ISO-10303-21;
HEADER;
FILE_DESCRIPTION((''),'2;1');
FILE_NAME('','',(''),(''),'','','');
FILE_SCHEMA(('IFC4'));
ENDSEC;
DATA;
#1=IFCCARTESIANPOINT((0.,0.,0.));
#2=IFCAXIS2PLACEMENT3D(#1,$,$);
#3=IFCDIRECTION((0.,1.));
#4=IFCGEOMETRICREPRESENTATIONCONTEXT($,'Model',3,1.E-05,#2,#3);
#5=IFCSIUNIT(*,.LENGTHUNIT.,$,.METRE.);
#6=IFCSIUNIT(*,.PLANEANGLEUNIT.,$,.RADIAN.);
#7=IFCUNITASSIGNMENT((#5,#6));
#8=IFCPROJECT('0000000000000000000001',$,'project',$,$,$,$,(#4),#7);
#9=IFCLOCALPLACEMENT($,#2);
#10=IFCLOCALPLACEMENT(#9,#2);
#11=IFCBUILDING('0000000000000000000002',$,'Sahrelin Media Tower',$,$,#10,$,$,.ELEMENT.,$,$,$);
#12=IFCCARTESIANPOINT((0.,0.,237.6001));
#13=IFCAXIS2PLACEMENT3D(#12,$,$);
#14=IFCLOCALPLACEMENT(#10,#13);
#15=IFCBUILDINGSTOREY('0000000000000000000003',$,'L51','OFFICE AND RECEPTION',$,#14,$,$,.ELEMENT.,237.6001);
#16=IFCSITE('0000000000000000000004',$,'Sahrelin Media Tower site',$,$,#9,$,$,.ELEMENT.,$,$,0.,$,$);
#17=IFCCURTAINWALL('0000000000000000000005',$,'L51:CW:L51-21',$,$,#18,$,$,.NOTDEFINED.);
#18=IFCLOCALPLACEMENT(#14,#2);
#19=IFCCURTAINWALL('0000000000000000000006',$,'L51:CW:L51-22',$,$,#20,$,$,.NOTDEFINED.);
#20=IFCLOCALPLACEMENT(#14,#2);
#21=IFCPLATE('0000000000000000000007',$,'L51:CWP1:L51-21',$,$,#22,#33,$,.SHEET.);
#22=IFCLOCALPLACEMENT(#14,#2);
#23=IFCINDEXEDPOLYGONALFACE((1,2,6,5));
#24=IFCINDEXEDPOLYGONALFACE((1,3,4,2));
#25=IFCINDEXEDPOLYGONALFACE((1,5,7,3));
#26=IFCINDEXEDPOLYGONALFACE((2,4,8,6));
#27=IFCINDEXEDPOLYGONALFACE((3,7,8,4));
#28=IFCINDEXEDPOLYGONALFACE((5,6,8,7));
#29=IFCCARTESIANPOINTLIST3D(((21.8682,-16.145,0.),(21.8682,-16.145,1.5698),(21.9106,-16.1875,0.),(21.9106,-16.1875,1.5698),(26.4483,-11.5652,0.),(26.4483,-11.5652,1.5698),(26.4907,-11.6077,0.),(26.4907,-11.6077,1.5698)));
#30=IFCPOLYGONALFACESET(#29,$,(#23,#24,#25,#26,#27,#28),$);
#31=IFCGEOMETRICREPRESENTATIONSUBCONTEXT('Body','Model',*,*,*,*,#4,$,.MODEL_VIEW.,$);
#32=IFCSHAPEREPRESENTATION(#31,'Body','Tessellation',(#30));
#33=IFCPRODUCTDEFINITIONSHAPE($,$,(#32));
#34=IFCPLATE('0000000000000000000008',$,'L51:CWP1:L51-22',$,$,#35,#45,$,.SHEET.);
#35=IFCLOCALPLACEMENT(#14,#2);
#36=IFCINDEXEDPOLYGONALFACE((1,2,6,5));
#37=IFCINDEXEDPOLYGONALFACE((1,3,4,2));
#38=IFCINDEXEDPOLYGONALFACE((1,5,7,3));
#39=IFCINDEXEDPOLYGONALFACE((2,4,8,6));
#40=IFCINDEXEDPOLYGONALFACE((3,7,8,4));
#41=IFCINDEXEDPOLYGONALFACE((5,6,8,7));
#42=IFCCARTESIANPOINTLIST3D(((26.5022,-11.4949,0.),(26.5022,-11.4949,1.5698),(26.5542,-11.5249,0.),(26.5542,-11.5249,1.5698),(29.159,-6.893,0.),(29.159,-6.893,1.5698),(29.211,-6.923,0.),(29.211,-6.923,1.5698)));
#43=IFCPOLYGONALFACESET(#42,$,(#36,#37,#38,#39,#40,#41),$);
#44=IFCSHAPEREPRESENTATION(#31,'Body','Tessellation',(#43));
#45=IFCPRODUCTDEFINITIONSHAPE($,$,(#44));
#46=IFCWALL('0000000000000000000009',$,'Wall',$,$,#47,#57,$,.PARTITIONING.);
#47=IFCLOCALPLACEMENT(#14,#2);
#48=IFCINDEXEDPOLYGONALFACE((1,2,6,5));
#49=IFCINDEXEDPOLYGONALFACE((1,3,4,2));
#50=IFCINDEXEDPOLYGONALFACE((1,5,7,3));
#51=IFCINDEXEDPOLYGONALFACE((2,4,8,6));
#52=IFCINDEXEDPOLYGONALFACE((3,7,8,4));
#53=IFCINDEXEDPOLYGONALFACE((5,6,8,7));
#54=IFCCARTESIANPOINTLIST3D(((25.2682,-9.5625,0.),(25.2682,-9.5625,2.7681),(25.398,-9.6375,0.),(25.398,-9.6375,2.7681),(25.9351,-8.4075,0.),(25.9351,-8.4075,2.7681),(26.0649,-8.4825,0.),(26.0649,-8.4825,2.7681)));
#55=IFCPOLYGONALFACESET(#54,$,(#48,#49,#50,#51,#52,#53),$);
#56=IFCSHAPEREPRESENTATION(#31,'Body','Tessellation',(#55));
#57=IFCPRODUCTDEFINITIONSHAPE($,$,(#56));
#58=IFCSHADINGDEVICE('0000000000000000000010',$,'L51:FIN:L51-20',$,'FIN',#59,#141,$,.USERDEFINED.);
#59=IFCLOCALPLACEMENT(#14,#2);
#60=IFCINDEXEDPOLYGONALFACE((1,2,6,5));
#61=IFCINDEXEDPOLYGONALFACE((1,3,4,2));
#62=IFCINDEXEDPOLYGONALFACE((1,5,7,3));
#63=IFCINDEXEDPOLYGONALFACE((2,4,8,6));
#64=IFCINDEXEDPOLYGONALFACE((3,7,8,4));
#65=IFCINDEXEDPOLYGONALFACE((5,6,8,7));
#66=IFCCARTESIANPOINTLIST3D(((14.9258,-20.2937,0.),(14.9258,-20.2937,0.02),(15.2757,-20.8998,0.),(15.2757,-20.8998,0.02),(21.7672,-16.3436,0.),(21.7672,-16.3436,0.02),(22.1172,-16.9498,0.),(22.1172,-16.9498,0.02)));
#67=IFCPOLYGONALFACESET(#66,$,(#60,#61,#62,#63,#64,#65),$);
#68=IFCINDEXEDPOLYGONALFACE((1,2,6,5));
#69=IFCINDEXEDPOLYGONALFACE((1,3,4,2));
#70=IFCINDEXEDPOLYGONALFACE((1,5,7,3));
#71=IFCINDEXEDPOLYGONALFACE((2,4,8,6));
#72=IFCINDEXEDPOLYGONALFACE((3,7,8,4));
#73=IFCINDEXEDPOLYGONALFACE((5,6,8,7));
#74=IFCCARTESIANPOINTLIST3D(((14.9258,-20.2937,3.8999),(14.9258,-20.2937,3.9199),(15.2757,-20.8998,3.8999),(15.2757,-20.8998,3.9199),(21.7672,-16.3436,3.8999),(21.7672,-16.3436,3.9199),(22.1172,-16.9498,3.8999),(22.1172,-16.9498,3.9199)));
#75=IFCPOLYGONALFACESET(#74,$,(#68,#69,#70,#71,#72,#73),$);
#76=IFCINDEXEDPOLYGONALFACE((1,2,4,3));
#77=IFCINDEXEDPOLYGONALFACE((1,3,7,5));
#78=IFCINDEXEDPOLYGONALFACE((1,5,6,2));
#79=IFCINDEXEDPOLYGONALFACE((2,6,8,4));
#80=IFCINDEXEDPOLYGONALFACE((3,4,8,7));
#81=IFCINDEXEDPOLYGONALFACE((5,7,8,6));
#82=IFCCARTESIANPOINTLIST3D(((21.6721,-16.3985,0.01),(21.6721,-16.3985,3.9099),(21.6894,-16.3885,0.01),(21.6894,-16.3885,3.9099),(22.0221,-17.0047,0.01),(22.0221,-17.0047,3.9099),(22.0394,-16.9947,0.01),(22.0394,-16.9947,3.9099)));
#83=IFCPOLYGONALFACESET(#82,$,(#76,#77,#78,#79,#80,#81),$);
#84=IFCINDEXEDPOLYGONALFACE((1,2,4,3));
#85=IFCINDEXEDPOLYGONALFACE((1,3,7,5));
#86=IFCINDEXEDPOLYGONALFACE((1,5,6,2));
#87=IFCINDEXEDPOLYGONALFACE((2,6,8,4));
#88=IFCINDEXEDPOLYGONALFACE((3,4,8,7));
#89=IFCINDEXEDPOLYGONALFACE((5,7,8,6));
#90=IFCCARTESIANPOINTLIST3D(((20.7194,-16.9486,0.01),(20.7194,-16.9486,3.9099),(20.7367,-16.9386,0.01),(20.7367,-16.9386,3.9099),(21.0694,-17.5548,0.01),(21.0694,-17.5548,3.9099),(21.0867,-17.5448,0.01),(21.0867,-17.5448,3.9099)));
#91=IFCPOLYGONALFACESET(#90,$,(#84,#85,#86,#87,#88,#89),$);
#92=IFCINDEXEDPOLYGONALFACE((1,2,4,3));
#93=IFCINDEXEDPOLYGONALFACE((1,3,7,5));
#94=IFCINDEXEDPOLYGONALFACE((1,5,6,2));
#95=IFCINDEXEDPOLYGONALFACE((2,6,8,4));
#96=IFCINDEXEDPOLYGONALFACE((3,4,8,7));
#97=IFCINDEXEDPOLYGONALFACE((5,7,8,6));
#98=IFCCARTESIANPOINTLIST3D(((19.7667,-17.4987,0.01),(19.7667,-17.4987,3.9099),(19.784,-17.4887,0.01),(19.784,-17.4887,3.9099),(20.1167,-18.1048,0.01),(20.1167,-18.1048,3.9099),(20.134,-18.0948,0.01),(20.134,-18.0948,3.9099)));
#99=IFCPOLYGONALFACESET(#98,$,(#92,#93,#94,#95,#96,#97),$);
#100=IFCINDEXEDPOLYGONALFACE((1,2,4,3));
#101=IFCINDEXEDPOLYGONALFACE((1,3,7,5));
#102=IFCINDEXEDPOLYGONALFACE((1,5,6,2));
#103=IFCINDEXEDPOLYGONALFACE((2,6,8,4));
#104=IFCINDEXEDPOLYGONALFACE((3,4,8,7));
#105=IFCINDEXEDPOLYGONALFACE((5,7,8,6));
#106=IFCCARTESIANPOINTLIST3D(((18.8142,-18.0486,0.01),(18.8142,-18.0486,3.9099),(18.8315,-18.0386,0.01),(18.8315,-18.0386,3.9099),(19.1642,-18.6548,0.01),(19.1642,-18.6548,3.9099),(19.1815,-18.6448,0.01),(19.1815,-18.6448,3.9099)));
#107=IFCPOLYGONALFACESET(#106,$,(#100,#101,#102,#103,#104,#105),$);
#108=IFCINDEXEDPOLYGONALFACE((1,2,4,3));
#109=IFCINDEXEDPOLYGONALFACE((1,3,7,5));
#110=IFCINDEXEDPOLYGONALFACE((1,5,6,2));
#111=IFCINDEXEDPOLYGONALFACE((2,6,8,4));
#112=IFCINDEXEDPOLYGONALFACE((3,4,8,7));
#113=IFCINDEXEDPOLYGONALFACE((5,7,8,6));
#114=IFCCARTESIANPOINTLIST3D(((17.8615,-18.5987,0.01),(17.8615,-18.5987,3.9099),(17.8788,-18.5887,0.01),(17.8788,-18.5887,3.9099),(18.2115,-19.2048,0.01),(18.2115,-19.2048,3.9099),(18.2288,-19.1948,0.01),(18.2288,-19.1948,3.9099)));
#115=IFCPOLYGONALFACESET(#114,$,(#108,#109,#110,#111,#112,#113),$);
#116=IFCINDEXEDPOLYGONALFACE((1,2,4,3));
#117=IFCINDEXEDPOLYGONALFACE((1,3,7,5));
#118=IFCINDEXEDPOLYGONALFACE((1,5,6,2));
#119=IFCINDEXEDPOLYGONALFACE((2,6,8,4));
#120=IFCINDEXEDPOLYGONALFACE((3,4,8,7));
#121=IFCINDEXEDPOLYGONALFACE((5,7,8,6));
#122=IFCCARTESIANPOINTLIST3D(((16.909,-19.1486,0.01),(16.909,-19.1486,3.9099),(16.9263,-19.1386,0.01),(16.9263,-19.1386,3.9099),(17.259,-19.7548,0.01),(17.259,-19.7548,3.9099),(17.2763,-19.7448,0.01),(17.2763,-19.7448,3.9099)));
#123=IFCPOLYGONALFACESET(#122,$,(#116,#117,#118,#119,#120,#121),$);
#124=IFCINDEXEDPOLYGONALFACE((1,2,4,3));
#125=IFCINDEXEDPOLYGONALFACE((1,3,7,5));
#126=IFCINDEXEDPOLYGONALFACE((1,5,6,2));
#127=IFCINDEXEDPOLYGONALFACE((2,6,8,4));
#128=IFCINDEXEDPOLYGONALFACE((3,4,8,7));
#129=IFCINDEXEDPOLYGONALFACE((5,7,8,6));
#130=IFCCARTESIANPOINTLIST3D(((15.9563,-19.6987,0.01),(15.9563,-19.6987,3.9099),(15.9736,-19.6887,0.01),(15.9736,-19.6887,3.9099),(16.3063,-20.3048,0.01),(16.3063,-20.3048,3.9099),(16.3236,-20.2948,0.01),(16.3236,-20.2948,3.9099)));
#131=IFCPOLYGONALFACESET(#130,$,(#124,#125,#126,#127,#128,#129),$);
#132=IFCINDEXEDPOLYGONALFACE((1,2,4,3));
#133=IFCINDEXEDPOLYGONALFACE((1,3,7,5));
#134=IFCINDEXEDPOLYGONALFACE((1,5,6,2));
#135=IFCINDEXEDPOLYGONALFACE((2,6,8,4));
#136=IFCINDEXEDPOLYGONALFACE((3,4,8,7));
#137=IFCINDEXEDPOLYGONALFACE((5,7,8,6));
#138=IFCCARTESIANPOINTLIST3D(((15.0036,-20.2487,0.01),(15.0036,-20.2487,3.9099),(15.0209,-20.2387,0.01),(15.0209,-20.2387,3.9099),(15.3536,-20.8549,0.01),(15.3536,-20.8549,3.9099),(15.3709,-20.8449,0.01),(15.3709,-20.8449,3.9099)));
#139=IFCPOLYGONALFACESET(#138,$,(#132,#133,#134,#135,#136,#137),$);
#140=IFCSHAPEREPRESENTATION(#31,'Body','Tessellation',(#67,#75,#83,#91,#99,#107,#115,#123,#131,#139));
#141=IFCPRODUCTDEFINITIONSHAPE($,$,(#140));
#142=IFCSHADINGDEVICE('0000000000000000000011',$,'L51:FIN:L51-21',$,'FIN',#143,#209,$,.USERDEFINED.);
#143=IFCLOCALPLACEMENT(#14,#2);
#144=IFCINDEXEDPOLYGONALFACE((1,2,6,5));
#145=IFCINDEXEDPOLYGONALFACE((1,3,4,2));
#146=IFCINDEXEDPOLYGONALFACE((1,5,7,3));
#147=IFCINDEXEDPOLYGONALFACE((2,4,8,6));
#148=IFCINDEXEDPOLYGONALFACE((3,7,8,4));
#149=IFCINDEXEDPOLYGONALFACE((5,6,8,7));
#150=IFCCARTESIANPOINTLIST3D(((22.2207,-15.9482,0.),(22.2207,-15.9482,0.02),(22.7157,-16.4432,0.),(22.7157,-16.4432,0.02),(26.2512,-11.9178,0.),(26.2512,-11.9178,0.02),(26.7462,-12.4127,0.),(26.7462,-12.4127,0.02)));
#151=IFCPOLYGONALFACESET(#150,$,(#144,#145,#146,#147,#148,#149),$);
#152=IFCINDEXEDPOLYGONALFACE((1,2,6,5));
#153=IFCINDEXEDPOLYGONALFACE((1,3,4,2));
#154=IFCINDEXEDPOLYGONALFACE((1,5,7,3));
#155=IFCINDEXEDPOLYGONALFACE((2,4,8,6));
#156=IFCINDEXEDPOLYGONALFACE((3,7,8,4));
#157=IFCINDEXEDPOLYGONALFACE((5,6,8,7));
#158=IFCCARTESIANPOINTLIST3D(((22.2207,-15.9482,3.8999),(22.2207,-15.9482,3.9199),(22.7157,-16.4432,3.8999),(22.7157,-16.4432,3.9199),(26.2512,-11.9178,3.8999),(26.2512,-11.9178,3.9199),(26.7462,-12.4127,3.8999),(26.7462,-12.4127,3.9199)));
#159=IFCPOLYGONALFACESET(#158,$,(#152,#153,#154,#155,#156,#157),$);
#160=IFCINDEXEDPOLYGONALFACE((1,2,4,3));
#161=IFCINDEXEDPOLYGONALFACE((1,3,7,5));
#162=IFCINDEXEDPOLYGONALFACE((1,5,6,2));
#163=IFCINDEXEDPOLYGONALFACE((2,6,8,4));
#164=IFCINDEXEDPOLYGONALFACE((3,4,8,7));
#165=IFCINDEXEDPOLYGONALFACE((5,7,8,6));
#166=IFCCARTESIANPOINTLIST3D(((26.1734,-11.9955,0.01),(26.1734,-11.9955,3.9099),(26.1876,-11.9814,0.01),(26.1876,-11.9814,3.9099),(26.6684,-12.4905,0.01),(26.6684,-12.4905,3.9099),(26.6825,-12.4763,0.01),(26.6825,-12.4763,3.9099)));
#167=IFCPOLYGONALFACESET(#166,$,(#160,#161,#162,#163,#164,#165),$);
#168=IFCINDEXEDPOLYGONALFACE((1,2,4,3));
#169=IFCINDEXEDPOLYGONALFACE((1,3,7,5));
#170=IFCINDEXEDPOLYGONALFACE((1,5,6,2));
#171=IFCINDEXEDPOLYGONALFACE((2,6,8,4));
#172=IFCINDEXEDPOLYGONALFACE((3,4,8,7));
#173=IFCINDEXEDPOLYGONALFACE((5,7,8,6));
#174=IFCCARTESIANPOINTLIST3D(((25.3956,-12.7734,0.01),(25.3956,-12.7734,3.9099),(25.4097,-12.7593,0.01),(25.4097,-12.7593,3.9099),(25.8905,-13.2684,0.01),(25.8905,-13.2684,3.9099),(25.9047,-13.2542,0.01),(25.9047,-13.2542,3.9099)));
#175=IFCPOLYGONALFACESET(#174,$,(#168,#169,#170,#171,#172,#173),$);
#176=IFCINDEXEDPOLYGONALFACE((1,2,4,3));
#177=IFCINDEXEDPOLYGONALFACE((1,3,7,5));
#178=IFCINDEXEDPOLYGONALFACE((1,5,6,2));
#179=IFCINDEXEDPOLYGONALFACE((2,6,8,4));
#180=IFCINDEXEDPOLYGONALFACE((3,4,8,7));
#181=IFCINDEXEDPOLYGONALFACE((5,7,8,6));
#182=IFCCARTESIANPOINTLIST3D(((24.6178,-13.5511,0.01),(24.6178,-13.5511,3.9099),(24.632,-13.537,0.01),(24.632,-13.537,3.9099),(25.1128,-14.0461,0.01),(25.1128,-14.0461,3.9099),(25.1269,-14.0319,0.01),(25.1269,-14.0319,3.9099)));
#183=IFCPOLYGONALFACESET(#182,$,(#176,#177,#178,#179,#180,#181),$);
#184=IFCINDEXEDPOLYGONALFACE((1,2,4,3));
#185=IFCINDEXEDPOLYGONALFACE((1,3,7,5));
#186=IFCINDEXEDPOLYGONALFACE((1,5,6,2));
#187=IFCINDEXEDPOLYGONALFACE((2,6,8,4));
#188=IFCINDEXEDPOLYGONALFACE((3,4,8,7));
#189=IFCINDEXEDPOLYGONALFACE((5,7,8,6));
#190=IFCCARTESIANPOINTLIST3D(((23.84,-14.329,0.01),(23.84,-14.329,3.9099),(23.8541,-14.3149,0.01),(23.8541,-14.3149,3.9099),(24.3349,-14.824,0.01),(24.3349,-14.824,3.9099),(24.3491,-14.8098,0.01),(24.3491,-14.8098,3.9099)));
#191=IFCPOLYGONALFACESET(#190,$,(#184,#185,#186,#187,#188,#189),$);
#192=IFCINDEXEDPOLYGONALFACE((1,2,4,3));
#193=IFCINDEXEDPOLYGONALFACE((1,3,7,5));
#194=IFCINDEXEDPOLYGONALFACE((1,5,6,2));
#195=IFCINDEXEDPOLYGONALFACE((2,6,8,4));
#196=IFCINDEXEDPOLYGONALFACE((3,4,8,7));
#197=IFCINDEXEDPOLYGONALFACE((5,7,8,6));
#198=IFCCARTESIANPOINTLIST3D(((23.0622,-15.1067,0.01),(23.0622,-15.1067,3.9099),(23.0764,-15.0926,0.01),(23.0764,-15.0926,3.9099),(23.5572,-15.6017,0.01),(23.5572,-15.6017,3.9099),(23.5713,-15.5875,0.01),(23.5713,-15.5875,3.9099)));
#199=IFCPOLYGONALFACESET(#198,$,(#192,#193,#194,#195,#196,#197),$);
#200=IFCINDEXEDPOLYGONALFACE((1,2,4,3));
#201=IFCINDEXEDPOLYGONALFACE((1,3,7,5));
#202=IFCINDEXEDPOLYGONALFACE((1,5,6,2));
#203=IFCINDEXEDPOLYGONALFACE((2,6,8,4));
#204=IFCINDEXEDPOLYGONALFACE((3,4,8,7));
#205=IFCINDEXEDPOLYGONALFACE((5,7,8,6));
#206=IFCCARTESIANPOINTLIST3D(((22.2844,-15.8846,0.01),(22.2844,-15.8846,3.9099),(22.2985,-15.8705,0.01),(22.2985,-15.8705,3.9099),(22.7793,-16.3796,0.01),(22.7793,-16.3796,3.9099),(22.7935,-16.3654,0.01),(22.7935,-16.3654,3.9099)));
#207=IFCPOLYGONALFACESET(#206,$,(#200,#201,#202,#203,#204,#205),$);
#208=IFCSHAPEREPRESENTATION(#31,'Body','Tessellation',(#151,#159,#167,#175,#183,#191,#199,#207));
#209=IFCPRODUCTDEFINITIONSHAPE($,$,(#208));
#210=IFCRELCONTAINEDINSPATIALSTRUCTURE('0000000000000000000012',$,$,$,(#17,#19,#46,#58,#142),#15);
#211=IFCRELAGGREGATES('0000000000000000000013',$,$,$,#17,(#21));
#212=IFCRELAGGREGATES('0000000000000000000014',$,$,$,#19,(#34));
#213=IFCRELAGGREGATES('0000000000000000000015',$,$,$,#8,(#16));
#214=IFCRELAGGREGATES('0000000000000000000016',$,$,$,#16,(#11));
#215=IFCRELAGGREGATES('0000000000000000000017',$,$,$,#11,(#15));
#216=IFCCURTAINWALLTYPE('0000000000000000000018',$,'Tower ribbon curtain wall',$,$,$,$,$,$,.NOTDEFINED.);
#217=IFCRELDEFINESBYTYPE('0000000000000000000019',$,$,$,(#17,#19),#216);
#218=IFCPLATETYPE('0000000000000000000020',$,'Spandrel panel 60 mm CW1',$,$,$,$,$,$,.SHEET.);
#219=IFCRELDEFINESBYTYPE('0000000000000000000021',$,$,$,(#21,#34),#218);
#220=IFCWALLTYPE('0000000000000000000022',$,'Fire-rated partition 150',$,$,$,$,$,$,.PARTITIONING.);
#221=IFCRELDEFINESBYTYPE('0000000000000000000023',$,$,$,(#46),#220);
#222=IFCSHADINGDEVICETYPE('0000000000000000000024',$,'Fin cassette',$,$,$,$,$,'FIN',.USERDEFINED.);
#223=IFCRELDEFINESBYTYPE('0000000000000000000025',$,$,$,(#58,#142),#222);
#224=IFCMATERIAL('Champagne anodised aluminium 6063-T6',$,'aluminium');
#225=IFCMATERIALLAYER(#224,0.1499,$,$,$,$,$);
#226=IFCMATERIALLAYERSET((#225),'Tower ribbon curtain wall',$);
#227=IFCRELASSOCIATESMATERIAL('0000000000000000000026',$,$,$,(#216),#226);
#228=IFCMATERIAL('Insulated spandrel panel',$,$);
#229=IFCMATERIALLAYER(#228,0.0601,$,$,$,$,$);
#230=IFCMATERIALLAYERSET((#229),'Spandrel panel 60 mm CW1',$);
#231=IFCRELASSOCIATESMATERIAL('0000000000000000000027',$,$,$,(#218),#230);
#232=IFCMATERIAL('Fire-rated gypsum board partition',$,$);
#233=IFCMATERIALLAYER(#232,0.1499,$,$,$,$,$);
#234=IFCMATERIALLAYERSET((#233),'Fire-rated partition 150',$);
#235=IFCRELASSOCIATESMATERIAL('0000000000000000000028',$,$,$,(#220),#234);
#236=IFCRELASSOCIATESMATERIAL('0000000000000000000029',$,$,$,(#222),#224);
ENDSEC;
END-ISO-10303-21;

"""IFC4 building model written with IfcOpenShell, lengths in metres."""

from ifc_helpers import new_model, si_unit, direction, frame, frame_2d, origin, origin_2d, place, context, subcontext, project, spatial, polyline, rectangle, outline, extrude, material, layer, layer_set, type_object, element, aggregate, save


model = new_model("IFC4")

# Units and contexts
model_context = context("Model", 3, precision=1e-05, world=origin(), true_north=direction((0.0, 1.0)))
body_context = subcontext(model_context, "Body", "Model", "MODEL_VIEW")
ifc_project = project(units=[si_unit("LENGTHUNIT", "METRE"), si_unit("PLANEANGLEUNIT", "RADIAN")], contexts=[model_context])

# Site, building, storey
site_placement = place(None, origin())
site = spatial("IfcSite", under=ifc_project, at=site_placement, Name="Sahrelin Media Tower site", CompositionType="ELEMENT", RefElevation=0.0)
building_placement = place(site_placement, origin())
building = spatial("IfcBuilding", under=site, at=building_placement, Name="Sahrelin Media Tower", CompositionType="ELEMENT")
storey_placement = place(building_placement, frame((0.0, 0.0, 237.6001)))
storey = spatial("IfcBuildingStorey", under=building, at=storey_placement, Name="L51", Description="OFFICE AND RECEPTION", CompositionType="ELEMENT", Elevation=237.6001)

# Curtain wall
ifc_material_1 = material(Name="Champagne anodised aluminium 6063-T6", Category="aluminium")
ifc_layer_1 = layer(ifc_material_1, 0.1499)
ifc_layer_set_1 = layer_set([ifc_layer_1], Name="Tower ribbon curtain wall")
curtain_wall_type = type_object("IfcCurtainWallType", Name="Tower ribbon curtain wall", PredefinedType="NOTDEFINED", material=ifc_layer_set_1)
curtain_wall_1_placement = place(storey_placement, frame((24.1865, -13.8835, 0.0), z_axis=(0.0, 0.0, 1.0), x_axis=(1.0, 0.0, 0.0)))
curtain_wall_1 = element("IfcCurtainWall", 1, at=curtain_wall_1_placement, inside=storey, type_object=curtain_wall_type, Name="L51:CW:L51-21", PredefinedType="NOTDEFINED")

# Curtain wall
curtain_wall_2_placement = place(storey_placement, frame((27.8652, -9.2141, 0.0), z_axis=(0.0, 0.0, 1.0), x_axis=(1.0, 0.0, 0.0)))
curtain_wall_2 = element("IfcCurtainWall", 2, at=curtain_wall_2_placement, inside=storey, type_object=curtain_wall_type, Name="L51:CW:L51-22", PredefinedType="NOTDEFINED")

# Plates
ifc_material_2 = material(Name="Insulated spandrel panel")
ifc_layer_2 = layer(ifc_material_2, 0.0601)
ifc_layer_set_2 = layer_set([ifc_layer_2], Name="Spandrel panel 60 mm CW1")
plate_type_1 = type_object("IfcPlateType", Name="Spandrel panel 60 mm CW1", PredefinedType="SHEET", material=ifc_layer_set_2)
plate_1_placement = place(storey_placement, frame((21.9106, -16.1875, 0.0), z_axis=(0.707088, -0.707126, 0.0), x_axis=(0.707126, 0.707088, 0.0)))
plate_1 = element("IfcPlate", 3, at=plate_1_placement, type_object=plate_type_1, Name="L51:CWP1:L51-21", PredefinedType="SHEET", context=body_context, shape_type="SweptSolid", body=[
    extrude(outline(polyline([(0.0, 0.0), (6.4771, 0.0), (6.4771, 1.5698), (0.0, 1.5698), (0.0, 0.0)])), origin(), (0.0, 0.0, -1.0), 0.0601),
])
aggregate(curtain_wall_1, [plate_1])
plate_2_placement = place(storey_placement, frame((26.5542, -11.5249, 0.0), z_axis=(0.866035, -0.499984, 0.0), x_axis=(0.499984, 0.866035, 0.0)))
plate_2 = element("IfcPlate", 4, at=plate_2_placement, type_object=plate_type_1, Name="L51:CWP1:L51-22", PredefinedType="SHEET", context=body_context, shape_type="SweptSolid", body=[
    extrude(outline(polyline([(0.0, 0.0), (5.3137, 0.0), (5.3137, 1.5698), (0.0, 1.5698), (0.0, 0.0)])), origin(), (0.0, 0.0, -1.0), 0.0601),
])
aggregate(curtain_wall_2, [plate_2])

# Wall
ifc_material_3 = material(Name="Fire-rated gypsum board partition")
ifc_layer_3 = layer(ifc_material_3, 0.1499)
ifc_layer_set_3 = layer_set([ifc_layer_3], Name="Fire-rated partition 150")
wall_type = type_object("IfcWallType", Name="Fire-rated partition 150", PredefinedType="PARTITIONING", material=ifc_layer_set_3)
wall_placement = place(storey_placement, frame((25.333, -9.6001, 0.0), z_axis=(0.0, 0.0, 1.0), x_axis=(0.500076, 0.865981, 0.0)))
element("IfcWall", 5, at=wall_placement, inside=storey, type_object=wall_type, Name="Wall", PredefinedType="PARTITIONING", context=body_context, shape_type="SweptSolid", body=[
    extrude(rectangle(XDim=1.3337, YDim=0.1499, at=frame_2d((0.667, 0.0))), origin(), (0.0, 0.0, 1.0), 2.7681),
])

# Shading devices
shading_device_type_1 = type_object("IfcShadingDeviceType", Name="Fin cassette", ElementType="FIN", PredefinedType="USERDEFINED", material=ifc_material_1)
placement_1 = place(storey_placement, frame((18.3115, -18.2581, 0.0), z_axis=(0.0, 0.0, 1.0), x_axis=(-0.866019, -0.500011, 0.0)))
element("IfcShadingDevice", 6, at=placement_1, inside=storey, type_object=shading_device_type_1, Name="L51:FIN:L51-20", ObjectType="FIN", PredefinedType="USERDEFINED", context=body_context, shape_type="SweptSolid", body=[
    extrude(rectangle(XDim=7.8999, YDim=0.7, at=origin_2d()), frame((0.0, 0.4199, 0.0)), (0.0, 0.0, 1.0), 0.02),
    extrude(rectangle(XDim=7.8999, YDim=0.7, at=origin_2d()), frame((0.0, 0.4199, 3.8999)), (0.0, 0.0, 1.0), 0.02),
    extrude(rectangle(XDim=0.02, YDim=0.7, at=origin_2d()), frame((-3.8501, 0.4199, 0.01), z_axis=(0.0, 0.0, 1.0), x_axis=(1.0, 0.0, 0.0)), (0.0, 0.0, 1.0), 3.8999),
    extrude(rectangle(XDim=0.02, YDim=0.7, at=origin_2d()), frame((-2.75, 0.4199, 0.01), z_axis=(0.0, 0.0, 1.0), x_axis=(1.0, 0.0, 0.0)), (0.0, 0.0, 1.0), 3.8999),
    extrude(rectangle(XDim=0.02, YDim=0.7, at=origin_2d()), frame((-1.6499, 0.4199, 0.01), z_axis=(0.0, 0.0, 1.0), x_axis=(1.0, 0.0, 0.0)), (0.0, 0.0, 1.0), 3.8999),
    extrude(rectangle(XDim=0.02, YDim=0.7, at=origin_2d()), frame((-0.55, 0.4199, 0.01), z_axis=(0.0, 0.0, 1.0), x_axis=(1.0, 0.0, 0.0)), (0.0, 0.0, 1.0), 3.8999),
    extrude(rectangle(XDim=0.02, YDim=0.7, at=origin_2d()), frame((0.55, 0.4199, 0.01), z_axis=(0.0, 0.0, 1.0), x_axis=(1.0, 0.0, 0.0)), (0.0, 0.0, 1.0), 3.8999),
    extrude(rectangle(XDim=0.02, YDim=0.7, at=origin_2d()), frame((1.6499, 0.4199, 0.01), z_axis=(0.0, 0.0, 1.0), x_axis=(1.0, 0.0, 0.0)), (0.0, 0.0, 1.0), 3.8999),
    extrude(rectangle(XDim=0.02, YDim=0.7, at=origin_2d()), frame((2.75, 0.4199, 0.01), z_axis=(0.0, 0.0, 1.0), x_axis=(1.0, 0.0, 0.0)), (0.0, 0.0, 1.0), 3.8999),
    extrude(rectangle(XDim=0.02, YDim=0.7, at=origin_2d()), frame((3.8501, 0.4199, 0.01), z_axis=(0.0, 0.0, 1.0), x_axis=(1.0, 0.0, 0.0)), (0.0, 0.0, 1.0), 3.8999),
])
placement_2 = place(storey_placement, frame((24.1865, -13.8835, 0.0), z_axis=(0.0, 0.0, 1.0), x_axis=(-0.707107, -0.707107, 0.0)))
element("IfcShadingDevice", 7, at=placement_2, inside=storey, type_object=shading_device_type_1, Name="L51:FIN:L51-21", ObjectType="FIN", PredefinedType="USERDEFINED", context=body_context, shape_type="SweptSolid", body=[
    extrude(rectangle(XDim=5.7, YDim=0.7, at=origin_2d()), frame((0.0, 0.4199, 0.0)), (0.0, 0.0, 1.0), 0.02),
    extrude(rectangle(XDim=5.7, YDim=0.7, at=origin_2d()), frame((0.0, 0.4199, 3.8999)), (0.0, 0.0, 1.0), 0.02),
    extrude(rectangle(XDim=0.02, YDim=0.7, at=origin_2d()), frame((-2.75, 0.4199, 0.01), z_axis=(0.0, 0.0, 1.0), x_axis=(1.0, 0.0, 0.0)), (0.0, 0.0, 1.0), 3.8999),
    extrude(rectangle(XDim=0.02, YDim=0.7, at=origin_2d()), frame((-1.6499, 0.4199, 0.01), z_axis=(0.0, 0.0, 1.0), x_axis=(1.0, 0.0, 0.0)), (0.0, 0.0, 1.0), 3.8999),
    extrude(rectangle(XDim=0.02, YDim=0.7, at=origin_2d()), frame((-0.55, 0.4199, 0.01), z_axis=(0.0, 0.0, 1.0), x_axis=(1.0, 0.0, 0.0)), (0.0, 0.0, 1.0), 3.8999),
    extrude(rectangle(XDim=0.02, YDim=0.7, at=origin_2d()), frame((0.55, 0.4199, 0.01), z_axis=(0.0, 0.0, 1.0), x_axis=(1.0, 0.0, 0.0)), (0.0, 0.0, 1.0), 3.8999),
    extrude(rectangle(XDim=0.02, YDim=0.7, at=origin_2d()), frame((1.6499, 0.4199, 0.01), z_axis=(0.0, 0.0, 1.0), x_axis=(1.0, 0.0, 0.0)), (0.0, 0.0, 1.0), 3.8999),
    extrude(rectangle(XDim=0.02, YDim=0.7, at=origin_2d()), frame((2.75, 0.4199, 0.01), z_axis=(0.0, 0.0, 1.0), x_axis=(1.0, 0.0, 0.0)), (0.0, 0.0, 1.0), 3.8999),
])

save(model, "model.ifc")
